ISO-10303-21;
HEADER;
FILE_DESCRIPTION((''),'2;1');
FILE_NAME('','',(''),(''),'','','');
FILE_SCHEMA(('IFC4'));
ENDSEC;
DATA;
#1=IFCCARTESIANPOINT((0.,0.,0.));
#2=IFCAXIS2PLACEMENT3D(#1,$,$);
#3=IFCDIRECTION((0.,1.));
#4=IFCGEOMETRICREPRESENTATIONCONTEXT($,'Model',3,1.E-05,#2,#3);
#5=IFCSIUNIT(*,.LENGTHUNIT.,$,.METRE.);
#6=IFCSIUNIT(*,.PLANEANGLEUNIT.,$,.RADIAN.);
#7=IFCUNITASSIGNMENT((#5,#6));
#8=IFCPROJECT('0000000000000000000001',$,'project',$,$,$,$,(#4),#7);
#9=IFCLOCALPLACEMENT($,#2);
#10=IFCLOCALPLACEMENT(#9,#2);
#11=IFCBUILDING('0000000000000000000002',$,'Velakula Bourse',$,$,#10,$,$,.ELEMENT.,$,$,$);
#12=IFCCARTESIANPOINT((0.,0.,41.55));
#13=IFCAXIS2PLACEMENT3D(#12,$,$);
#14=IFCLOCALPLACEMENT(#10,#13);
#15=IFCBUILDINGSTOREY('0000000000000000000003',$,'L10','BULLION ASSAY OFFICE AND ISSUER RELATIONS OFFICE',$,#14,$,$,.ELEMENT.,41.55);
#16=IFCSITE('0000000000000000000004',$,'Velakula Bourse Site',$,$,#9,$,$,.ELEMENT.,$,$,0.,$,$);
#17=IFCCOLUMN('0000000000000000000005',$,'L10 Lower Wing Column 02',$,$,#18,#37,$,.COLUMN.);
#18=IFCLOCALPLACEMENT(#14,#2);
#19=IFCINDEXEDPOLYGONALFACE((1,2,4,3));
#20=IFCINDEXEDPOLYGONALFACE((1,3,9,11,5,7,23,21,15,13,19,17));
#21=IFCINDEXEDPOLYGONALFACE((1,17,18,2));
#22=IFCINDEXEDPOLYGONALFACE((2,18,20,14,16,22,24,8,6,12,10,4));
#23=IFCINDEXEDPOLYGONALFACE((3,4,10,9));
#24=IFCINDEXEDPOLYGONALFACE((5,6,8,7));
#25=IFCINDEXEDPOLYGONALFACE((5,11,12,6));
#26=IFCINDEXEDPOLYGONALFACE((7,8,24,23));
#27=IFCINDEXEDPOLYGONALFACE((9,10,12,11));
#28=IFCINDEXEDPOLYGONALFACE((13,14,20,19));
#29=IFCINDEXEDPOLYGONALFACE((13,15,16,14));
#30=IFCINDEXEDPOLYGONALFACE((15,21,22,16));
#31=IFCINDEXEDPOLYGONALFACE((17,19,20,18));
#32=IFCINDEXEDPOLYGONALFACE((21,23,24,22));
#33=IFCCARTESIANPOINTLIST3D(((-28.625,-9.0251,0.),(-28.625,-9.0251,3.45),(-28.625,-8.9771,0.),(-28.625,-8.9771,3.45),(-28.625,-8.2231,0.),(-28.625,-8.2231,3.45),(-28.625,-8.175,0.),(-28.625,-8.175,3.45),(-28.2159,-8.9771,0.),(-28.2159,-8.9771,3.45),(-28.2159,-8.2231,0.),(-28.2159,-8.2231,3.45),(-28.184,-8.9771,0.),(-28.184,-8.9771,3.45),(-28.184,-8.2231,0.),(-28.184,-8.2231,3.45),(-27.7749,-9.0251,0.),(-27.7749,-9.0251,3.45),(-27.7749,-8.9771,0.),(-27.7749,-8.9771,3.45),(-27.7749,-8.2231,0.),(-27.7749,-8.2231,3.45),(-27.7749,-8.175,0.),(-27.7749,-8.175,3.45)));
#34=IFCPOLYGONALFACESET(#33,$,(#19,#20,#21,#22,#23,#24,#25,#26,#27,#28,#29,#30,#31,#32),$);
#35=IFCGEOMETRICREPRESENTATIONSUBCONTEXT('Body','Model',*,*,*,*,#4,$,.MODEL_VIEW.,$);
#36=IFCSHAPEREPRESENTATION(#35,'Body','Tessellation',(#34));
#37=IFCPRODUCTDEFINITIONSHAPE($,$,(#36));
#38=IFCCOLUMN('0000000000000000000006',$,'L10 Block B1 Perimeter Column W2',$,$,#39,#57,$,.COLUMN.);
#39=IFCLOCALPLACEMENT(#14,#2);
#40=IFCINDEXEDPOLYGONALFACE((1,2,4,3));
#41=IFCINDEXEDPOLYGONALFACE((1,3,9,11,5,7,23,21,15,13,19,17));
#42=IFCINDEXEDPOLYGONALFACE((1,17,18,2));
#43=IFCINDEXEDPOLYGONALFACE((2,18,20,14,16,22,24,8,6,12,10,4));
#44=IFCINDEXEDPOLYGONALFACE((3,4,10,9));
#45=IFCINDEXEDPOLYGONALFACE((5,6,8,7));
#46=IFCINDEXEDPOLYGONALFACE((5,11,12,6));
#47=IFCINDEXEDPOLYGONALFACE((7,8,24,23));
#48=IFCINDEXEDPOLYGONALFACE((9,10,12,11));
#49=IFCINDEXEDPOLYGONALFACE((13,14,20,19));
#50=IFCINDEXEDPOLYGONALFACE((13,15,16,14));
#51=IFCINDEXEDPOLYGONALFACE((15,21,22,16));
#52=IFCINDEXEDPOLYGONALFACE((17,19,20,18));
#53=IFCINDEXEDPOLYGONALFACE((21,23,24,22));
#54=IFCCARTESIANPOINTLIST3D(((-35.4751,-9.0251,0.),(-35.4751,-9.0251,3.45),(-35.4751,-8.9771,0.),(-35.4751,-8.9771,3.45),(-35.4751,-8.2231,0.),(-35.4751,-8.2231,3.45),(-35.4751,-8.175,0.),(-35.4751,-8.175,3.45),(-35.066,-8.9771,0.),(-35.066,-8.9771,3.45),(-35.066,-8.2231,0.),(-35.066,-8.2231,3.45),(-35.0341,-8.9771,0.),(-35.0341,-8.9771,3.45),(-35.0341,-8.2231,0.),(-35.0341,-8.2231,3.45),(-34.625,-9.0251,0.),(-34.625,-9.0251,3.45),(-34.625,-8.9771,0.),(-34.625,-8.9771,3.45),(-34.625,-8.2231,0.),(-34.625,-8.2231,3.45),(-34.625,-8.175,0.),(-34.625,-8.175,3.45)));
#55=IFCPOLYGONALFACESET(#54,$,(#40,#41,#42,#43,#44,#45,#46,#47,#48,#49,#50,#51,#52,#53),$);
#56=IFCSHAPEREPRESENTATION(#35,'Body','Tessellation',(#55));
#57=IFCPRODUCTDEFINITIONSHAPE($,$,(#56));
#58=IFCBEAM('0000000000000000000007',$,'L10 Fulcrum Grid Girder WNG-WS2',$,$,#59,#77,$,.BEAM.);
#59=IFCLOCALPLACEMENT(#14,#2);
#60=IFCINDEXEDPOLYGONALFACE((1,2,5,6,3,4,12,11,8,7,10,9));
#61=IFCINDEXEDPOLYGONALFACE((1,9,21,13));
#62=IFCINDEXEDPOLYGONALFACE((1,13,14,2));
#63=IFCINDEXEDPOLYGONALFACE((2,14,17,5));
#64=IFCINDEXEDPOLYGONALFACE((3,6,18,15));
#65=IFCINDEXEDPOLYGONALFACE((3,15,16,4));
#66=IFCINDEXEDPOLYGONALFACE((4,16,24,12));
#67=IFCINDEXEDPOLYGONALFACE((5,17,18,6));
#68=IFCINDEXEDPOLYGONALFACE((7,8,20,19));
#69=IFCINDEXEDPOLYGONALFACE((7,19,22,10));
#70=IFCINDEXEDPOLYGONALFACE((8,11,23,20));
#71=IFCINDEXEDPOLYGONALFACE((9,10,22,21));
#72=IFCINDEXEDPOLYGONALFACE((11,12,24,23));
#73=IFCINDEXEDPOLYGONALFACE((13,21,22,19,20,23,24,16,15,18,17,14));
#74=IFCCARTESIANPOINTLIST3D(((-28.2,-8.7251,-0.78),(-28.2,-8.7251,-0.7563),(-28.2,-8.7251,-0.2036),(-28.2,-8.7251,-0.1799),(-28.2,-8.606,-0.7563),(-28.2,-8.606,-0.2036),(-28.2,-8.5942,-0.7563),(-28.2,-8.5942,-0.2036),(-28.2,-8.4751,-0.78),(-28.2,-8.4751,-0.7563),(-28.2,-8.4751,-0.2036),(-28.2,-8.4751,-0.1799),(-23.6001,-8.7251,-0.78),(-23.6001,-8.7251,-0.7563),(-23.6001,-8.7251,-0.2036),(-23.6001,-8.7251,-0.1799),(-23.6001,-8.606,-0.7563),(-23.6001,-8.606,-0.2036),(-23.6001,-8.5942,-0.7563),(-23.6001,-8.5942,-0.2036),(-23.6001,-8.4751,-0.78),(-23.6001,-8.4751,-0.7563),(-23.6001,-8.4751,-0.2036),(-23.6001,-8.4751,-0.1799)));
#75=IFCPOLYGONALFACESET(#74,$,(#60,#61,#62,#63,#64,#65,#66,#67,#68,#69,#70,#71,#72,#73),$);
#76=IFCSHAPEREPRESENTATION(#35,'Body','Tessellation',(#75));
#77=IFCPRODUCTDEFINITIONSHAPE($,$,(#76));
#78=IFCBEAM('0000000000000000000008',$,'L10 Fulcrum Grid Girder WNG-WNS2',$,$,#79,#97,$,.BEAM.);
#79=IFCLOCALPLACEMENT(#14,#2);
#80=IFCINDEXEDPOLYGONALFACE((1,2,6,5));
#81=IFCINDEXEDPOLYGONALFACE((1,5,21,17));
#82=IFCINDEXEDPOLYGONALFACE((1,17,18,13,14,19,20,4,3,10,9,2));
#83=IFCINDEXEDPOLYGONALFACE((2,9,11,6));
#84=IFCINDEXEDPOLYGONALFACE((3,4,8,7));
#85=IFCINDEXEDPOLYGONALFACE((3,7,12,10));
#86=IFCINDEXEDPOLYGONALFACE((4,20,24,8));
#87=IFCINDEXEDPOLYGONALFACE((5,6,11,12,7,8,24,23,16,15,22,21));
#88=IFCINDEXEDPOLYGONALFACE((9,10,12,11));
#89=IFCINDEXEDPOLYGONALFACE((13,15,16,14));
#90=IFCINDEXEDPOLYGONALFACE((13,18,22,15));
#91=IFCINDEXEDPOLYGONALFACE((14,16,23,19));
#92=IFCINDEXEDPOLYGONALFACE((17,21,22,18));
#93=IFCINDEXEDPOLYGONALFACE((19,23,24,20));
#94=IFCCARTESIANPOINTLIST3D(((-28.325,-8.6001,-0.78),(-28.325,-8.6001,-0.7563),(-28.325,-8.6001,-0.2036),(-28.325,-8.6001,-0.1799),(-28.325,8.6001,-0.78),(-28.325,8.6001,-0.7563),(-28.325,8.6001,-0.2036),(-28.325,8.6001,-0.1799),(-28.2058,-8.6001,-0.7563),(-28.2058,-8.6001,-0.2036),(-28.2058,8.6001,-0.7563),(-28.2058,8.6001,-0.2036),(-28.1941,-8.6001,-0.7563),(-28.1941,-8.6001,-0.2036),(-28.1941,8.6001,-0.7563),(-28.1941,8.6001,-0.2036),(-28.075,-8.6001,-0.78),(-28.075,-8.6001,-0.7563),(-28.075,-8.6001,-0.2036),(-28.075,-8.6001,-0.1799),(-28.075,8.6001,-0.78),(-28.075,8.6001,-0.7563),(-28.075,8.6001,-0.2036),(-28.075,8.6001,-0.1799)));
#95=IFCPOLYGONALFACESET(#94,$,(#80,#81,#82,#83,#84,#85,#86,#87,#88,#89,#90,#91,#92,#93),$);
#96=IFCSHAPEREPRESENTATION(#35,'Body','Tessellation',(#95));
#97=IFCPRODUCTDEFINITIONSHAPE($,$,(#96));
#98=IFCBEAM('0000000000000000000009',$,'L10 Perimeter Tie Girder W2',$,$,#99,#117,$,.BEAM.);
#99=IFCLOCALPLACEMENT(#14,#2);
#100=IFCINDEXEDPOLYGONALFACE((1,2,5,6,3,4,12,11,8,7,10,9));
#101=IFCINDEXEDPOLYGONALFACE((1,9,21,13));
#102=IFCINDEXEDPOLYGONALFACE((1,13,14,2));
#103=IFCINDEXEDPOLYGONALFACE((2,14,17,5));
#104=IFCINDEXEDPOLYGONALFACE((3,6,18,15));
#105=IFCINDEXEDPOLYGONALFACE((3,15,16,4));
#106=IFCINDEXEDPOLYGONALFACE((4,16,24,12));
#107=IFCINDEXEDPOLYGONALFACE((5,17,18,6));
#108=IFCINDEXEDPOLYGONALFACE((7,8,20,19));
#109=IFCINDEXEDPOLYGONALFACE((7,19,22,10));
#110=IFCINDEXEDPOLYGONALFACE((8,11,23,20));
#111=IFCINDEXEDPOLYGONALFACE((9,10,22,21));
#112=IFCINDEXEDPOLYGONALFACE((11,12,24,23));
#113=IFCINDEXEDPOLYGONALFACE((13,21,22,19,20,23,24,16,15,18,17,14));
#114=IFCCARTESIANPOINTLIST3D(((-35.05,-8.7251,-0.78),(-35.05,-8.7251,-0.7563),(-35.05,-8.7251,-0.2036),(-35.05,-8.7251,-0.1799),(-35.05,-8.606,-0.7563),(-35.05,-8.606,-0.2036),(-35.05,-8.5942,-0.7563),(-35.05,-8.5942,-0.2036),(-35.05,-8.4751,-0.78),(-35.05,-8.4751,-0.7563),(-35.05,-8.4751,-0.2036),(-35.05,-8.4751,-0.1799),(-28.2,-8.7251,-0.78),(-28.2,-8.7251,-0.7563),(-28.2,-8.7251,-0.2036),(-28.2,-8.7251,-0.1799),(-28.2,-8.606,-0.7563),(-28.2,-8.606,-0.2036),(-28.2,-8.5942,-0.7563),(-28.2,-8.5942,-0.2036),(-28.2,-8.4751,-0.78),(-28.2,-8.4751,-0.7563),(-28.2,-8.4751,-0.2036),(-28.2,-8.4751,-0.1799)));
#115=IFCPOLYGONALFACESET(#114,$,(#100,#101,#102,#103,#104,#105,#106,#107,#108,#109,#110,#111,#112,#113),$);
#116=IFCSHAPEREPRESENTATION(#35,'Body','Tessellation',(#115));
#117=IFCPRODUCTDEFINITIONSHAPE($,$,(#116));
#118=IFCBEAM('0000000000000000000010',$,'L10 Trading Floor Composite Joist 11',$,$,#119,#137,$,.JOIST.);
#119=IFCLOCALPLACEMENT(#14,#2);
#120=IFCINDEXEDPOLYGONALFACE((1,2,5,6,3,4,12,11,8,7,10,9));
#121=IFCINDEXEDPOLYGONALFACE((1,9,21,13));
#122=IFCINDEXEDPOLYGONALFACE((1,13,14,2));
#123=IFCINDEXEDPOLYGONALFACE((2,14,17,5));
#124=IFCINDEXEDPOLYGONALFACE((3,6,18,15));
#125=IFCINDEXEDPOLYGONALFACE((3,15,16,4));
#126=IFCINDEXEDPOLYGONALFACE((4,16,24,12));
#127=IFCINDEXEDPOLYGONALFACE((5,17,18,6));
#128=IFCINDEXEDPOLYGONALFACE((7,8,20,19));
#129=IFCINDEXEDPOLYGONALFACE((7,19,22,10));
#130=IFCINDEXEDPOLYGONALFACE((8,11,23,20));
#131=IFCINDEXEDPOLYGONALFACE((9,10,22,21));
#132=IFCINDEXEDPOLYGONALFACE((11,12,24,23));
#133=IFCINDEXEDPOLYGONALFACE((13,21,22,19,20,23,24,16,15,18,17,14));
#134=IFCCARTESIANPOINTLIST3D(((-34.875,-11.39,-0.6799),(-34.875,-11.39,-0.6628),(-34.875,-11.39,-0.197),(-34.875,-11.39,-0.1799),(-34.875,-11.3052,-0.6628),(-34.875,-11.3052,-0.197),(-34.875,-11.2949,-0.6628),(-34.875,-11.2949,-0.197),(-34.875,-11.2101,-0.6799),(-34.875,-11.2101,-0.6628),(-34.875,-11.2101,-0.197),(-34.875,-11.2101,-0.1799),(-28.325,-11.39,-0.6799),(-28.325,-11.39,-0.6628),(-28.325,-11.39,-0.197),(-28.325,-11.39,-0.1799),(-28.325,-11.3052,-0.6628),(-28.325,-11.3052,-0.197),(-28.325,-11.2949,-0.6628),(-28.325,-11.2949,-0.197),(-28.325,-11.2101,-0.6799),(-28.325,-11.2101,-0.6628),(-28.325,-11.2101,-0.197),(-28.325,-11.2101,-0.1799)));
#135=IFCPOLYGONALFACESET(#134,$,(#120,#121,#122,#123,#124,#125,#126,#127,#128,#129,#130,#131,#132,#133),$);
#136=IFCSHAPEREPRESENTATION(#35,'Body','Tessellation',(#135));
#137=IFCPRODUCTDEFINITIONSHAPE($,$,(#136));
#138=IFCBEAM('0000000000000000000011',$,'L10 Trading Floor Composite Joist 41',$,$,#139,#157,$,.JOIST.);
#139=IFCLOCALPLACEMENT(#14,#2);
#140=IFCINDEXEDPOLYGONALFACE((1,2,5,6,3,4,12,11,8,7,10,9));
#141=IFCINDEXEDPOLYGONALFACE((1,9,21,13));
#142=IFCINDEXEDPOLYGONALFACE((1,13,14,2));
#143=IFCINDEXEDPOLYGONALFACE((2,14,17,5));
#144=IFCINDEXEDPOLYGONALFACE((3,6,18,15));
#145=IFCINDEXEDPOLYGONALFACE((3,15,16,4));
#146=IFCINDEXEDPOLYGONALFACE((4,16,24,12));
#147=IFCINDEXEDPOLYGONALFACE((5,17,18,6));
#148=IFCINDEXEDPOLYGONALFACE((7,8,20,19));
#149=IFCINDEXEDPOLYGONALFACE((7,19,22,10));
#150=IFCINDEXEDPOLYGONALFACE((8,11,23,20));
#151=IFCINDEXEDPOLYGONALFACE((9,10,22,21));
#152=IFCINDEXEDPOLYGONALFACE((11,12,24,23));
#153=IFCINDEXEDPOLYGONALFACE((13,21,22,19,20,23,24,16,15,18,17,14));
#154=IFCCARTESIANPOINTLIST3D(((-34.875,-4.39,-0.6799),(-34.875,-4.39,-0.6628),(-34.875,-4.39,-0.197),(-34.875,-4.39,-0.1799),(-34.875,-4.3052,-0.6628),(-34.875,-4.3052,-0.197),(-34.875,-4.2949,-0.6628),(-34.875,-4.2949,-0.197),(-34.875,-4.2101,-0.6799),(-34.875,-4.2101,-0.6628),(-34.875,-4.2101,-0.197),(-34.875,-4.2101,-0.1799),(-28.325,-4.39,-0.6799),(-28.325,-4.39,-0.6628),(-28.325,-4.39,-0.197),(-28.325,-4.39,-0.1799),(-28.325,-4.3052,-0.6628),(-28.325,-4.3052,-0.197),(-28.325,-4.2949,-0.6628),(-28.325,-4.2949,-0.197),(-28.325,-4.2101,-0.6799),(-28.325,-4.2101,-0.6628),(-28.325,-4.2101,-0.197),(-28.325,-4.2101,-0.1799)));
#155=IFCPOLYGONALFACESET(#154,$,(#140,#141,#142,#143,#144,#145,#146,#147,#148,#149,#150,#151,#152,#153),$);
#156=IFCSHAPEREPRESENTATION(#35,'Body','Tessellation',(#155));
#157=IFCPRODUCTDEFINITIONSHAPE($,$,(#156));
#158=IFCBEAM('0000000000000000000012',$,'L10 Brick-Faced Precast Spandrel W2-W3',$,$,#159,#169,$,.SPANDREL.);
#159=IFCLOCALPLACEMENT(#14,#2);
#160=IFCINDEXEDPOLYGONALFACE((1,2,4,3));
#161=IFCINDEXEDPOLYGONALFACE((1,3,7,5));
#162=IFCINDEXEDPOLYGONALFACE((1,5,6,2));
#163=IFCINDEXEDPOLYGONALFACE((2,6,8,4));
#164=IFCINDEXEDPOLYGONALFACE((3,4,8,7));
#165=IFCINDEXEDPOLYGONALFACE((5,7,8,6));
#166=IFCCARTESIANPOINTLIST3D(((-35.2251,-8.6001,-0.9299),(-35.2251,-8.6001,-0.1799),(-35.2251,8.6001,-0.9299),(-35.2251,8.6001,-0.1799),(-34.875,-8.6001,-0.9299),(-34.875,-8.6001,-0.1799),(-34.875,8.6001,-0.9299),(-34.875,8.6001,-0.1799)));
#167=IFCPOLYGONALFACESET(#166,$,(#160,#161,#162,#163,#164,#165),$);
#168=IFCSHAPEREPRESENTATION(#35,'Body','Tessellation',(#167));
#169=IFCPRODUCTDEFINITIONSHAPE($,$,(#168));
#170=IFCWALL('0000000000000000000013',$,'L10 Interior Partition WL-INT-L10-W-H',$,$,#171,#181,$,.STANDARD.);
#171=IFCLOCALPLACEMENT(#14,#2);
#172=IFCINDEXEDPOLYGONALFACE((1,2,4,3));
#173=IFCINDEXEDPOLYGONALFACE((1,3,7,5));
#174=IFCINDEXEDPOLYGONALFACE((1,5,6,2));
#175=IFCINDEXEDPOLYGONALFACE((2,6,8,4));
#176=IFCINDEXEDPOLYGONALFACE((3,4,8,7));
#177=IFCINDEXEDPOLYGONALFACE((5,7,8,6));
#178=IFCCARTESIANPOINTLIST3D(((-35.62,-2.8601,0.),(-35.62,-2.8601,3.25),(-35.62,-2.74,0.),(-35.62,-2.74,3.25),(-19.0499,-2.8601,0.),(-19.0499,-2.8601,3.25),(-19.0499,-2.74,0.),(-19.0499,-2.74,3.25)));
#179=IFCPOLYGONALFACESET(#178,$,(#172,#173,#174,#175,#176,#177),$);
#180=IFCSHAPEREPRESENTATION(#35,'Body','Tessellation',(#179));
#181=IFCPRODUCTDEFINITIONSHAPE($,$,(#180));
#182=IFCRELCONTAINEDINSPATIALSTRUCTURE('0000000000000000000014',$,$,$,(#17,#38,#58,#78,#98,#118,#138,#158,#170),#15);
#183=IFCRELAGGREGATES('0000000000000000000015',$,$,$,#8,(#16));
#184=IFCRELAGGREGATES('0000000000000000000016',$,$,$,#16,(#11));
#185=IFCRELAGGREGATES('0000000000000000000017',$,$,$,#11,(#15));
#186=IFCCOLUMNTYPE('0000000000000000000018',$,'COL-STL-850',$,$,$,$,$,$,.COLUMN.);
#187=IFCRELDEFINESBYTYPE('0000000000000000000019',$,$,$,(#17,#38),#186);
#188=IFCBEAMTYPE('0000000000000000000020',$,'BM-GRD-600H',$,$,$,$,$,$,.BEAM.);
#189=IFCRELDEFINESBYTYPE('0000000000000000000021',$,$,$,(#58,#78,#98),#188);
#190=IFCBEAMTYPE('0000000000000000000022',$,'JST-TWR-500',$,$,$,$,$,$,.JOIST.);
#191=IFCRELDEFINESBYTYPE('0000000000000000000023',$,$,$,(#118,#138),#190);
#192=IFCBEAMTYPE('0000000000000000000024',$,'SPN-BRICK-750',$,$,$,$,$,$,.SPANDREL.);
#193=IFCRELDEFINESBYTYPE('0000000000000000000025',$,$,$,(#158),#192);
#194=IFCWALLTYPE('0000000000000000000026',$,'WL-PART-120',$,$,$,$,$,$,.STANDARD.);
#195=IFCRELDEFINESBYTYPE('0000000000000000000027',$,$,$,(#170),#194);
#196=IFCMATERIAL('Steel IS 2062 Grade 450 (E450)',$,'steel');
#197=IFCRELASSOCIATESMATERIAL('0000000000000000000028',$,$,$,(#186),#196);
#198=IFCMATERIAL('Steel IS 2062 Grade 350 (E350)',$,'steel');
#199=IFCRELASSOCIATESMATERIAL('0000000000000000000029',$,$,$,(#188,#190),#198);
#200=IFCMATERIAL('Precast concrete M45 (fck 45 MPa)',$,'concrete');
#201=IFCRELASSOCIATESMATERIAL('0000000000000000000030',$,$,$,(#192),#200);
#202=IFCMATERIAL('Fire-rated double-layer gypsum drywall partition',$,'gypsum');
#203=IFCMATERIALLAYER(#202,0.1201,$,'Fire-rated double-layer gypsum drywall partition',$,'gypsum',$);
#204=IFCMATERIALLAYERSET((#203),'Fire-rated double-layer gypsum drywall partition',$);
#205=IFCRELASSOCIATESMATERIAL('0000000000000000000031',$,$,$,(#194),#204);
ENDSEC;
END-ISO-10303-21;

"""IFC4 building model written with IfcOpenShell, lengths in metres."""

from ifc_helpers import new_model, si_unit, direction, frame, frame_2d, origin, origin_2d, place, context, subcontext, project, spatial, rectangle, i_section, extrude, material, layer, layer_set, material_profile, profile_set, type_object, element, save


model = new_model("IFC4")

# Units and contexts
model_context = context("Model", 3, precision=1e-05, world=origin(), true_north=direction((0.0, 1.0)))
body_context = subcontext(model_context, "Body", "Model", "MODEL_VIEW")
ifc_project = project(units=[si_unit("LENGTHUNIT", "METRE"), si_unit("PLANEANGLEUNIT", "RADIAN")], contexts=[model_context])

# Site, building, storey
site_placement = place(None, origin())
site = spatial("IfcSite", under=ifc_project, at=site_placement, Name="Velakula Bourse Site", CompositionType="ELEMENT", RefElevation=0.0)
building_placement = place(site_placement, origin())
building = spatial("IfcBuilding", under=site, at=building_placement, Name="Velakula Bourse", CompositionType="ELEMENT")
storey_placement = place(building_placement, frame((0.0, 0.0, 41.55)))
storey = spatial("IfcBuildingStorey", under=building, at=storey_placement, Name="L10", Description="BULLION ASSAY OFFICE AND ISSUER RELATIONS OFFICE", CompositionType="ELEMENT", Elevation=41.55)

# Columns
ifc_material_1 = material(Name="Steel IS 2062 Grade 450 (E450)", Category="steel")
ifc_material_profile_1 = material_profile(ifc_material_1, i_section(OverallWidth=0.8501, OverallDepth=0.8501, WebThickness=0.032, FlangeThickness=0.0481, at=origin_2d()), Name="Steel IS 2062 Grade 450 (E450)")
ifc_profile_set_1 = profile_set([ifc_material_profile_1], Name="Steel IS 2062 Grade 450 (E450)")
column_type = type_object("IfcColumnType", Name="COL-STL-850", PredefinedType="COLUMN", material=ifc_profile_set_1)
for number, where, z_axis, x_axis, name in (
    (1, (-28.2, -8.6001, 0.0), (0.0, 0.0, 1.0), (1.0, 0.0, 0.0), "L10 Lower Wing Column 02"),
    (2, (-35.05, -8.6001, 0.0), (0.0, 0.0, 1.0), (1.0, 0.0, 0.0), "L10 Block B1 Perimeter Column W2"),
):
    element("IfcColumn", number, at=place(storey_placement, frame(where, z_axis=z_axis, x_axis=x_axis)), inside=storey, type_object=column_type, Name=name, PredefinedType="COLUMN", context=body_context, shape_type="SweptSolid", body=[
        extrude(i_section(OverallWidth=0.8501, OverallDepth=0.8501, WebThickness=0.032, FlangeThickness=0.0481, at=origin_2d()), origin(), (0.0, 0.0, 1.0), 3.45),
    ])

# Beams
ifc_material_2 = material(Name="Steel IS 2062 Grade 350 (E350)", Category="steel")
ifc_material_profile_2 = material_profile(ifc_material_2, i_section(OverallWidth=0.25, OverallDepth=0.6001, WebThickness=0.0117, FlangeThickness=0.0237, at=origin_2d()), Name="Steel IS 2062 Grade 350 (E350)")
ifc_profile_set_2 = profile_set([ifc_material_profile_2], Name="Steel IS 2062 Grade 350 (E350)")
beam_type_1 = type_object("IfcBeamType", Name="BM-GRD-600H", PredefinedType="BEAM", material=ifc_profile_set_2)
beam_1_placement = place(storey_placement, frame((-28.2, -8.6001, -0.48), z_axis=(1.0, 0.0, 0.0), x_axis=(0.0, 1.0, 0.0)))
element("IfcBeam", 3, at=beam_1_placement, inside=storey, type_object=beam_type_1, Name="L10 Fulcrum Grid Girder WNG-WS2", PredefinedType="BEAM", context=body_context, shape_type="SweptSolid", body=[
    extrude(i_section(OverallWidth=0.25, OverallDepth=0.6001, WebThickness=0.0117, FlangeThickness=0.0237, at=origin_2d()), origin(), (0.0, 0.0, 1.0), 4.5999),
])
beam_2_placement = place(storey_placement, frame((-28.2, -8.6001, -0.48), z_axis=(0.0, 1.0, 0.0), x_axis=(-1.0, 0.0, 0.0)))
element("IfcBeam", 4, at=beam_2_placement, inside=storey, type_object=beam_type_1, Name="L10 Fulcrum Grid Girder WNG-WNS2", PredefinedType="BEAM", context=body_context, shape_type="SweptSolid", body=[
    extrude(i_section(OverallWidth=0.25, OverallDepth=0.6001, WebThickness=0.0117, FlangeThickness=0.0237, at=origin_2d()), origin(), (0.0, 0.0, 1.0), 17.2002),
])
beam_3_placement = place(storey_placement, frame((-28.2, -8.6001, -0.48), z_axis=(-1.0, 0.0, 0.0), x_axis=(0.0, -1.0, 0.0)))
element("IfcBeam", 5, at=beam_3_placement, inside=storey, type_object=beam_type_1, Name="L10 Perimeter Tie Girder W2", PredefinedType="BEAM", context=body_context, shape_type="SweptSolid", body=[
    extrude(i_section(OverallWidth=0.25, OverallDepth=0.6001, WebThickness=0.0117, FlangeThickness=0.0237, at=origin_2d()), origin(), (0.0, 0.0, 1.0), 6.8501),
])
ifc_material_profile_3 = material_profile(ifc_material_2, i_section(OverallWidth=0.1799, OverallDepth=0.5, WebThickness=0.0103, FlangeThickness=0.0171, at=origin_2d()), Name="Steel IS 2062 Grade 350 (E350)")
ifc_profile_set_3 = profile_set([ifc_material_profile_3], Name="Steel IS 2062 Grade 350 (E350)")
beam_type_2 = type_object("IfcBeamType", Name="JST-TWR-500", PredefinedType="JOIST", material=ifc_profile_set_3)
for number, where, z_axis, x_axis, name in (
    (6, (-34.875, -11.3, -0.4299), (1.0, 0.0, 0.0), (0.0, 1.0, 0.0), "L10 Trading Floor Composite Joist 11"),
    (7, (-34.875, -4.3, -0.4299), (1.0, 0.0, 0.0), (0.0, 1.0, 0.0), "L10 Trading Floor Composite Joist 41"),
):
    element("IfcBeam", number, at=place(storey_placement, frame(where, z_axis=z_axis, x_axis=x_axis)), inside=storey, type_object=beam_type_2, Name=name, PredefinedType="JOIST", context=body_context, shape_type="SweptSolid", body=[
        extrude(i_section(OverallWidth=0.1799, OverallDepth=0.5, WebThickness=0.0103, FlangeThickness=0.0171, at=origin_2d()), origin(), (0.0, 0.0, 1.0), 6.55),
    ])
ifc_material_3 = material(Name="Precast concrete M45 (fck 45 MPa)", Category="concrete")
ifc_material_profile_4 = material_profile(ifc_material_3, rectangle(XDim=0.3501, YDim=0.75, at=origin_2d()), Name="Precast concrete M45 (fck 45 MPa)")
ifc_profile_set_4 = profile_set([ifc_material_profile_4], Name="Precast concrete M45 (fck 45 MPa)")
beam_type_3 = type_object("IfcBeamType", Name="SPN-BRICK-750", PredefinedType="SPANDREL", material=ifc_profile_set_4)
beam_4_placement = place(storey_placement, frame((-35.05, -8.6001, -0.5549), z_axis=(0.0, 1.0, 0.0), x_axis=(-1.0, 0.0, 0.0)))
element("IfcBeam", 8, at=beam_4_placement, inside=storey, type_object=beam_type_3, Name="L10 Brick-Faced Precast Spandrel W2-W3", PredefinedType="SPANDREL", context=body_context, shape_type="SweptSolid", body=[
    extrude(rectangle(XDim=0.3501, YDim=0.75, at=origin_2d()), origin(), (0.0, 0.0, 1.0), 17.2002),
])

# Wall
ifc_material_4 = material(Name="Fire-rated double-layer gypsum drywall partition", Category="gypsum")
ifc_layer_1 = layer(ifc_material_4, 0.1201, Name="Fire-rated double-layer gypsum drywall partition", Category="gypsum")
ifc_layer_set_1 = layer_set([ifc_layer_1], Name="Fire-rated double-layer gypsum drywall partition")
wall_type_1 = type_object("IfcWallType", Name="WL-PART-120", PredefinedType="STANDARD", material=ifc_layer_set_1)
wall_1_placement = place(storey_placement, frame((-35.6201, -2.8, 0.0), z_axis=(0.0, 0.0, 1.0), x_axis=(1.0, 0.0, 0.0)))
element("IfcWall", 9, at=wall_1_placement, inside=storey, type_object=wall_type_1, Name="L10 Interior Partition WL-INT-L10-W-H", PredefinedType="STANDARD", context=body_context, shape_type="SweptSolid", body=[
    extrude(rectangle(XDim=16.5701, YDim=0.1201, at=frame_2d((8.2852, 0.0))), origin(), (0.0, 0.0, 1.0), 3.25),
])

save(model, "model.ifc")
